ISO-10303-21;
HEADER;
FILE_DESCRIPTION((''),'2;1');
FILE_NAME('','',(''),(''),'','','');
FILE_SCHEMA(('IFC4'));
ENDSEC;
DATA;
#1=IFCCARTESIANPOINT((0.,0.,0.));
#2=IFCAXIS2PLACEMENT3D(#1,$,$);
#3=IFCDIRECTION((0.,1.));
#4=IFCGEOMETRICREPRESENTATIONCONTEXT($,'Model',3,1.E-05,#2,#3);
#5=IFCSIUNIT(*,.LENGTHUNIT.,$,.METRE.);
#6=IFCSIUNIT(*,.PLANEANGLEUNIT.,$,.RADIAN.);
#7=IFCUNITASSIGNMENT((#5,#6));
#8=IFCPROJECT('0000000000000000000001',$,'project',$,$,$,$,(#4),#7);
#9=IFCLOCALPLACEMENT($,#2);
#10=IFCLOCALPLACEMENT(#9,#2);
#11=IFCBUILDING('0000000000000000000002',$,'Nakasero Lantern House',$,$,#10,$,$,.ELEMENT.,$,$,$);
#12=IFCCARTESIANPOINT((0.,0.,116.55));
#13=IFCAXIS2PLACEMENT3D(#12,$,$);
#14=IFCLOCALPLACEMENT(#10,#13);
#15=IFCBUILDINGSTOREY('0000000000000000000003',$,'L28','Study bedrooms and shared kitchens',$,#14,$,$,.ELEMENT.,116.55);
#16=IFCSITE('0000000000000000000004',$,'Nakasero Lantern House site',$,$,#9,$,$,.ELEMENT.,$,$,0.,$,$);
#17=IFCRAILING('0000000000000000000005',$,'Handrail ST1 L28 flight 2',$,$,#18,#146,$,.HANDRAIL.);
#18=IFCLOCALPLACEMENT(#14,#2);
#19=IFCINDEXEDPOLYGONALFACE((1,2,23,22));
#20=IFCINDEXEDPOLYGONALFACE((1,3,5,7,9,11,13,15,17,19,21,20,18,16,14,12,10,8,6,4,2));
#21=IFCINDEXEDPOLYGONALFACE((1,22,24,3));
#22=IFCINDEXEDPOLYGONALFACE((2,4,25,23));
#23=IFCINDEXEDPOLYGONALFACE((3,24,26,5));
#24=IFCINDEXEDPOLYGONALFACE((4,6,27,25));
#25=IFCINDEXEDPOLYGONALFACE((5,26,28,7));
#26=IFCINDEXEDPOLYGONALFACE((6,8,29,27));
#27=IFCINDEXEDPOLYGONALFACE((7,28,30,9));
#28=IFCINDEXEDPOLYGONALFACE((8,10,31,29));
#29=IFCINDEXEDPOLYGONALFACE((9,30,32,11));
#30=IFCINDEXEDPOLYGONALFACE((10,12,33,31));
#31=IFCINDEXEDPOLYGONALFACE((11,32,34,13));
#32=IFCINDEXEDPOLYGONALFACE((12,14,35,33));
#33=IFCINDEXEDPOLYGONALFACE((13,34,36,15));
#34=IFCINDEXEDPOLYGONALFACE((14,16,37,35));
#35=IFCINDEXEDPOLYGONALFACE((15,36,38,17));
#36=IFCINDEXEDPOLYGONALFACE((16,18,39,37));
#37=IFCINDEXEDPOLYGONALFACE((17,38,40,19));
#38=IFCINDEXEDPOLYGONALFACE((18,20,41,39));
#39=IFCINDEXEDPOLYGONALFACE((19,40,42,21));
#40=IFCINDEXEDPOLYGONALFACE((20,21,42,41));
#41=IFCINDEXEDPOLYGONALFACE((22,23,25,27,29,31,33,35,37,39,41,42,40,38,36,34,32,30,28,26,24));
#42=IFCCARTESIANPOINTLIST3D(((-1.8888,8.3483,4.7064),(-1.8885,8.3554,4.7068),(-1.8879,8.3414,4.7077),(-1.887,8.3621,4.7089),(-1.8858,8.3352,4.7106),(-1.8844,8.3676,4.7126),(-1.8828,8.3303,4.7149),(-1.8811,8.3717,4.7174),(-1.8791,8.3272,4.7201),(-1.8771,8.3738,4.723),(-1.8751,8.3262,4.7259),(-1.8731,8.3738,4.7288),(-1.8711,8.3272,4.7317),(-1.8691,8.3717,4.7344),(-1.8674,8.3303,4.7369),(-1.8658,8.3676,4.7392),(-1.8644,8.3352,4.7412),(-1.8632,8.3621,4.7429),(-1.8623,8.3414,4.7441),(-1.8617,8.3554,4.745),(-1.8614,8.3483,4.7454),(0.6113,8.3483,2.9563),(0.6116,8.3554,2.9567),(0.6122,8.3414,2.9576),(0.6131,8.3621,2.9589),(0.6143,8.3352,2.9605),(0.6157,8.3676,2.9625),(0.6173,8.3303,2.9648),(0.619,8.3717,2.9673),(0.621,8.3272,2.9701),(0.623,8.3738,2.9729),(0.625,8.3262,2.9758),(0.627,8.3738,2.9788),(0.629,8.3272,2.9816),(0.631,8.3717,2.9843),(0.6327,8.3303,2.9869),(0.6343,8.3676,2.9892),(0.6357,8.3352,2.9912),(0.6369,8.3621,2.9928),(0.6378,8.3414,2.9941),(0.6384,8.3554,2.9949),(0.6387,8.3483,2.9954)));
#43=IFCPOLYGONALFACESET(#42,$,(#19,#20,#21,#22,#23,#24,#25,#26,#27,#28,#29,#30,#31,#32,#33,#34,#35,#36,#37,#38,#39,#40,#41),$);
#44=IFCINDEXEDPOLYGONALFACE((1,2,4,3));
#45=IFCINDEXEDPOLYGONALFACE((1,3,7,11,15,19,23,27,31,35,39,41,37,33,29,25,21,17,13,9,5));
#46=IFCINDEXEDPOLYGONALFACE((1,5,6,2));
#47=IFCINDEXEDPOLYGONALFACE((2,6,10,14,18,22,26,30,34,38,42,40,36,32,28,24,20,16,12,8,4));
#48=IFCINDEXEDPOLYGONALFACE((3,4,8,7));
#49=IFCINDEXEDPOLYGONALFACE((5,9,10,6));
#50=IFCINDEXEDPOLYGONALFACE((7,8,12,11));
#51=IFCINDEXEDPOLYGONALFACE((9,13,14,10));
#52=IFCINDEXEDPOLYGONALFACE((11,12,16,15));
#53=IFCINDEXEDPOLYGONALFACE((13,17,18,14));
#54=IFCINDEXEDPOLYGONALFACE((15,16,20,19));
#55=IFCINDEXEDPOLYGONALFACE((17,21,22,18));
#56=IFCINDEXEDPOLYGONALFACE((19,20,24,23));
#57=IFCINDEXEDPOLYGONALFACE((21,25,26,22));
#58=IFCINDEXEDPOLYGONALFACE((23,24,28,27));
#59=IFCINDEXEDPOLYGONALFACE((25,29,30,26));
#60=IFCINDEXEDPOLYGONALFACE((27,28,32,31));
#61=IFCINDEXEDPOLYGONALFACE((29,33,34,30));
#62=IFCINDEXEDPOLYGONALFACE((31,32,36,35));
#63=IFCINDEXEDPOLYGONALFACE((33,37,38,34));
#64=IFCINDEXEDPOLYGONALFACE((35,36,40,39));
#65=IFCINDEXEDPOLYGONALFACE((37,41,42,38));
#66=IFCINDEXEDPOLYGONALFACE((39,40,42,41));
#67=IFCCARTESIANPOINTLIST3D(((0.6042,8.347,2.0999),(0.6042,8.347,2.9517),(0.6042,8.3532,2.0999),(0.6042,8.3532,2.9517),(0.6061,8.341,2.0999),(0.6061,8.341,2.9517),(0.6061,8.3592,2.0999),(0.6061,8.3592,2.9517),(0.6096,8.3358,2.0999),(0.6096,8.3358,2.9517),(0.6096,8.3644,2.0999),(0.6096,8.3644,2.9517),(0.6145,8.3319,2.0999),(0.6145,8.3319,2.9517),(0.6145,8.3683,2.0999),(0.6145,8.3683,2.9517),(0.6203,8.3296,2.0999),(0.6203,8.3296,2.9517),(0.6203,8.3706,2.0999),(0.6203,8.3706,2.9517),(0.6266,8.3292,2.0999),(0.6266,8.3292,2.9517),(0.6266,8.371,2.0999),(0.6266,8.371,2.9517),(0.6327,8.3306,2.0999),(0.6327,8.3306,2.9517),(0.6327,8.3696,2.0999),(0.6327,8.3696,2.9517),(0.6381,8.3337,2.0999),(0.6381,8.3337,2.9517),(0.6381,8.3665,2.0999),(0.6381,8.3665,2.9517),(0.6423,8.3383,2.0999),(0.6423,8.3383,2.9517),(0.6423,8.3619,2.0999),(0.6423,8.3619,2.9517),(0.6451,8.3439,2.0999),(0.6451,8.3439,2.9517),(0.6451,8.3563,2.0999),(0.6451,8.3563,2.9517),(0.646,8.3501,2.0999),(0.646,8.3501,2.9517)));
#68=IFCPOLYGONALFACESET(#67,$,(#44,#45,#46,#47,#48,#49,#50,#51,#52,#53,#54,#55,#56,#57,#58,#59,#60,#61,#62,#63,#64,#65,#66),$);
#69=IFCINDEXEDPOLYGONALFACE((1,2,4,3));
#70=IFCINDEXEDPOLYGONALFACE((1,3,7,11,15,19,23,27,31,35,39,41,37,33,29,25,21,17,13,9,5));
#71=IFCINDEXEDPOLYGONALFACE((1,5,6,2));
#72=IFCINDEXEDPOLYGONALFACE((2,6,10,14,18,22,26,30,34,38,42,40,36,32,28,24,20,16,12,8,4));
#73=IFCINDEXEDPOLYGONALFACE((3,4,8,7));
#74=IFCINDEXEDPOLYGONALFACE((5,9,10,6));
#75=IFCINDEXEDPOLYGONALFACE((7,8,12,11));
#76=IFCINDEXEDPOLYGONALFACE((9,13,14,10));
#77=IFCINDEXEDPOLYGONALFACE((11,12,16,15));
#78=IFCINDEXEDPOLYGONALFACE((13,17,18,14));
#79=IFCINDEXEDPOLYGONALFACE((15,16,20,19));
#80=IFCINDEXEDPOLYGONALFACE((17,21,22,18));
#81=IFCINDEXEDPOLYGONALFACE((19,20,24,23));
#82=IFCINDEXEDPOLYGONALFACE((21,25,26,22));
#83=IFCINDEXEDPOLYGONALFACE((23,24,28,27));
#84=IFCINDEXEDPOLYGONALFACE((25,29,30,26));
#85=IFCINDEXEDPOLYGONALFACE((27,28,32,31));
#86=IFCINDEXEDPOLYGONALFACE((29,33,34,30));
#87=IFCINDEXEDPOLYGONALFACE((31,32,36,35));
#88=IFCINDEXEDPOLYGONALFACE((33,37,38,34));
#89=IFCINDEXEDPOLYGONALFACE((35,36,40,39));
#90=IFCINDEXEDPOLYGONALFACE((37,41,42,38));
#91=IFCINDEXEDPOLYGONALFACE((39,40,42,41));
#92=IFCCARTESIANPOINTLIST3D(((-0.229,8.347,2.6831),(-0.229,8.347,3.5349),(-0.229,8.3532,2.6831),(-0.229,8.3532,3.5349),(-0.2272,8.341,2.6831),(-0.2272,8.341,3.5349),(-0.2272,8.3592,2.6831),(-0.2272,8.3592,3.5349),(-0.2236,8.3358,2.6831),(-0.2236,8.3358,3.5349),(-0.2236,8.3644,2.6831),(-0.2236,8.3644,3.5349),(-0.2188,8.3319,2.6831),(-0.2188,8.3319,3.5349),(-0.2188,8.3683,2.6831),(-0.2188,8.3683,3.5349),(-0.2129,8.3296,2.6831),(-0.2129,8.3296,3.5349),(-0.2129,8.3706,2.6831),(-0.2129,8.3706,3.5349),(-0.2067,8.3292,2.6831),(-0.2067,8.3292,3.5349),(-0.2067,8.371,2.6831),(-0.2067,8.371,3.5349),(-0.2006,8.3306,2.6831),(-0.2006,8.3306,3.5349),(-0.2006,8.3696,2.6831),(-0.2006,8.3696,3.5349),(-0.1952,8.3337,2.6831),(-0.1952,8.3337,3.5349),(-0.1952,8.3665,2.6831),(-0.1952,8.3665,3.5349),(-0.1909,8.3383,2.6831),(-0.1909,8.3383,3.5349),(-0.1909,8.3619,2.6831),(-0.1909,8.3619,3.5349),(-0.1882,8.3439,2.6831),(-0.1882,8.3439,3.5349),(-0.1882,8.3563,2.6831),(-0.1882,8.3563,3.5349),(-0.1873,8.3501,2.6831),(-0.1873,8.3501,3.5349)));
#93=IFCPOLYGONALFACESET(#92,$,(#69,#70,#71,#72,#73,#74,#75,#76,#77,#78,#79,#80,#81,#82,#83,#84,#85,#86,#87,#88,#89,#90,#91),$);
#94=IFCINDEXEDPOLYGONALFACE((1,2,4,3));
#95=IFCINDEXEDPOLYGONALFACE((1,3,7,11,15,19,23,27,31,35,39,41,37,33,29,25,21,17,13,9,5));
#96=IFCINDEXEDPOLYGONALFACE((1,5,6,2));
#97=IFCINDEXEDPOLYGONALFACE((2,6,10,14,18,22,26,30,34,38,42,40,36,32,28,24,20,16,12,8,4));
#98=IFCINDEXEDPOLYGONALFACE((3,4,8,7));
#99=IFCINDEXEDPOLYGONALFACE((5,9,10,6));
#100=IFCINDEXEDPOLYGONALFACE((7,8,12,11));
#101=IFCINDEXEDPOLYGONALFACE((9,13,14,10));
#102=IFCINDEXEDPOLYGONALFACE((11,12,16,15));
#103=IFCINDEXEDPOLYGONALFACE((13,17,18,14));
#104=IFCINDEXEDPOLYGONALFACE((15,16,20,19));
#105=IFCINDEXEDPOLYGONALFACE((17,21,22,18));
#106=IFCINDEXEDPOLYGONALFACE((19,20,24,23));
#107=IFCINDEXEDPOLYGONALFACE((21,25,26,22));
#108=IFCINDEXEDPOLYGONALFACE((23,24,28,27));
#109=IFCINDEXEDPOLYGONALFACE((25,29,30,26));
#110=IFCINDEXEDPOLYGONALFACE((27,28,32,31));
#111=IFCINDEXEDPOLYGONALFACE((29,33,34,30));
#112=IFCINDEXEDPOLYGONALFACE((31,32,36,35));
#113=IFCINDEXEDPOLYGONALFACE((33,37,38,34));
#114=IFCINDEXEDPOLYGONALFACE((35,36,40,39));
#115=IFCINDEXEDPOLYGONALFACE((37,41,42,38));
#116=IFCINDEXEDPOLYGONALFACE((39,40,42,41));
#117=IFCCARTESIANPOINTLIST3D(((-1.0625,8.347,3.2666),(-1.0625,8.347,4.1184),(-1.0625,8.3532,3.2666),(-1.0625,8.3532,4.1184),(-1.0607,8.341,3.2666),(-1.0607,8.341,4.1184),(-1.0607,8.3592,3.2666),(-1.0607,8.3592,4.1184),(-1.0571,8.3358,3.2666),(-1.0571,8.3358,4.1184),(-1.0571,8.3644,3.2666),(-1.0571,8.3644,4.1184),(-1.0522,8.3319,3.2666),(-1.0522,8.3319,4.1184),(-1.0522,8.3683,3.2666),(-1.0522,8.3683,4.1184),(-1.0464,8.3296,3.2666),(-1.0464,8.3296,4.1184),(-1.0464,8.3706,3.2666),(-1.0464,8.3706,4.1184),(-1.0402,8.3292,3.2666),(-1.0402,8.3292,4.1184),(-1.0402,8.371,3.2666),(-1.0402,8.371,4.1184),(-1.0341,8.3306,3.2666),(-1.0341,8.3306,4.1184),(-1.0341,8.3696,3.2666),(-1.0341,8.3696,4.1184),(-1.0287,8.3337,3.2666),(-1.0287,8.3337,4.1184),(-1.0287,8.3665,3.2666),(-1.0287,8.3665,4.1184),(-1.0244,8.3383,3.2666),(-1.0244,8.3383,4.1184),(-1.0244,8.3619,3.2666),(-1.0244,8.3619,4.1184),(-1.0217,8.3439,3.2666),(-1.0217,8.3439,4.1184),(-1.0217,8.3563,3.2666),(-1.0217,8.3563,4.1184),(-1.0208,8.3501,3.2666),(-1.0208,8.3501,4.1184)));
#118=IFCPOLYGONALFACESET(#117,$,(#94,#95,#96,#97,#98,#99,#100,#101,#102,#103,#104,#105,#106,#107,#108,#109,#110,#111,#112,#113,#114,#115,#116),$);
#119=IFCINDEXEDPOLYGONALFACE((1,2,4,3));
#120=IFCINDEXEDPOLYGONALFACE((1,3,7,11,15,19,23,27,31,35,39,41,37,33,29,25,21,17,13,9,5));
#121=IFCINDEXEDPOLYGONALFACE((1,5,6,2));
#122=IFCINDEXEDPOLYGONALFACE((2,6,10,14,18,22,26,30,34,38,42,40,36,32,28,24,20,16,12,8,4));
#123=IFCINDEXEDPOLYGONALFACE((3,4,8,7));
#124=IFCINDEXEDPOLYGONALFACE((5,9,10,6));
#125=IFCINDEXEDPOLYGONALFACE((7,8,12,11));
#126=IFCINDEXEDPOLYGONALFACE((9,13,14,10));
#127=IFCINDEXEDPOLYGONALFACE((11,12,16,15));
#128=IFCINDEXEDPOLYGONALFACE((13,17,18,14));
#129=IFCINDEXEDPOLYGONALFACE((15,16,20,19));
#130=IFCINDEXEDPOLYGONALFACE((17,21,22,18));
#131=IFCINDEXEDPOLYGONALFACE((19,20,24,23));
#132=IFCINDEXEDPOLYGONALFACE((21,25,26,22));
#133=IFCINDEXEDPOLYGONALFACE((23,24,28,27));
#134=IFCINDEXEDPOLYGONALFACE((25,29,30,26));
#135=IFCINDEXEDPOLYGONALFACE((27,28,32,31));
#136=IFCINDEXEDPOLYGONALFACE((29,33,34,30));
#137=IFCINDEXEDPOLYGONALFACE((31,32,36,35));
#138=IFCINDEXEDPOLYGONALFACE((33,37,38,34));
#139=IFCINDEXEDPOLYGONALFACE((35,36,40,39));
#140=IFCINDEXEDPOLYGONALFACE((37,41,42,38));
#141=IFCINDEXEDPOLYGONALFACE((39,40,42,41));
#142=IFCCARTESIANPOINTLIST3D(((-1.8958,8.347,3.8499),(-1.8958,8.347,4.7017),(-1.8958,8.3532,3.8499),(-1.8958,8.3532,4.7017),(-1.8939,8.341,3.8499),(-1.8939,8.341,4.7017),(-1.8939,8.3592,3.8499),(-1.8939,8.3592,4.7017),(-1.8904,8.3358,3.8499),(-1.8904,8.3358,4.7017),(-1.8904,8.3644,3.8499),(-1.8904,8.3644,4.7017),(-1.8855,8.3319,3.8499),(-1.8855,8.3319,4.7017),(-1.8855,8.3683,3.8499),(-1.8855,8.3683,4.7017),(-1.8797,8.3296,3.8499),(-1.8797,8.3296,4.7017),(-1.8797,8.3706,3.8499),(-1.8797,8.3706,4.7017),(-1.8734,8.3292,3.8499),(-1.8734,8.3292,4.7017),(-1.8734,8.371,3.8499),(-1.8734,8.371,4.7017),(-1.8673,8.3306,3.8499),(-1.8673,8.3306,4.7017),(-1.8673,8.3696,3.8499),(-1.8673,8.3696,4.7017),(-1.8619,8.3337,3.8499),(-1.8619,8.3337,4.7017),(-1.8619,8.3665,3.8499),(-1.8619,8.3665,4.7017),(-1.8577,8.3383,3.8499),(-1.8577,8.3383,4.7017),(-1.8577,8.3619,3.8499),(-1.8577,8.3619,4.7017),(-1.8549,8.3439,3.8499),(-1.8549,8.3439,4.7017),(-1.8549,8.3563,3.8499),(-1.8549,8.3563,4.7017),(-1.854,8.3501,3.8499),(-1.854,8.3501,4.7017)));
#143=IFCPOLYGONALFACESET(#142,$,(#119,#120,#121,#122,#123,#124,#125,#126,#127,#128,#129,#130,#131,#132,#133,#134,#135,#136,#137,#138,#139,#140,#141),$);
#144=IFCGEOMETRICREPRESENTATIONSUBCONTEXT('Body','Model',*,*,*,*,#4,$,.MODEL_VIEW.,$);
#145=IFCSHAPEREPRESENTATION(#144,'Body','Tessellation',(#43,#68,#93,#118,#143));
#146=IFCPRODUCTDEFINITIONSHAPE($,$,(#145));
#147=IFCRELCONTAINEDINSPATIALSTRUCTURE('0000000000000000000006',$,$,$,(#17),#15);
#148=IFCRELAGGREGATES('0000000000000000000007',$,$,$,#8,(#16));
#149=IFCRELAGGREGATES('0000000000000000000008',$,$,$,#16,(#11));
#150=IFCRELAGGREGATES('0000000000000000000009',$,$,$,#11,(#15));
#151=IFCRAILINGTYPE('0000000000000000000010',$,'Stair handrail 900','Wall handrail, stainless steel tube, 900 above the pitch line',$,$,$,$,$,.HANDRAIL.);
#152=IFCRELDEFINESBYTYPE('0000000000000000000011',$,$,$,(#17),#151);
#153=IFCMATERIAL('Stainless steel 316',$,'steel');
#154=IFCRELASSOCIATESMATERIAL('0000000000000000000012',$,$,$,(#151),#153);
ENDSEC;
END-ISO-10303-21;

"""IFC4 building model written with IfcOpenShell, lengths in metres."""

from ifc_helpers import new_model, si_unit, direction, frame, origin, origin_2d, place, context, subcontext, project, spatial, circle, extrude, material, type_object, element, save


model = new_model("IFC4")

# Units and contexts
model_context = context("Model", 3, precision=1e-05, world=origin(), true_north=direction((0.0, 1.0)))
body_context = subcontext(model_context, "Body", "Model", "MODEL_VIEW")
ifc_project = project(units=[si_unit("LENGTHUNIT", "METRE"), si_unit("PLANEANGLEUNIT", "RADIAN")], contexts=[model_context])

# Site, building, storey
site_placement = place(None, origin())
site = spatial("IfcSite", under=ifc_project, at=site_placement, Name="Nakasero Lantern House site", CompositionType="ELEMENT", RefElevation=0.0)
building_placement = place(site_placement, origin())
building = spatial("IfcBuilding", under=site, at=building_placement, Name="Nakasero Lantern House", CompositionType="ELEMENT")
storey_placement = place(building_placement, frame((0.0, 0.0, 116.55)))
storey = spatial("IfcBuildingStorey", under=building, at=storey_placement, Name="L28", Description="Study bedrooms and shared kitchens", CompositionType="ELEMENT", Elevation=116.55)

# Railing
ifc_material_1 = material(Name="Stainless steel 316", Category="steel")
railing_type = type_object("IfcRailingType", Name="Stair handrail 900", Description="Wall handrail, stainless steel tube, 900 above the pitch line", PredefinedType="HANDRAIL", material=ifc_material_1)
railing_placement = place(storey_placement, frame((0.625, 8.3501, 2.0999)))
element("IfcRailing", 1, at=railing_placement, inside=storey, type_object=railing_type, Name="Handrail ST1 L28 flight 2", PredefinedType="HANDRAIL", context=body_context, shape_type="SweptSolid", body=[
    extrude(circle(Radius=0.0239, at=origin_2d()), frame((0.0, 0.0, 0.876), z_axis=(-0.819232, 0.0, 0.573462), x_axis=(0.0, -1.0, 0.0)), (0.0, 0.0, 1.0), 3.0518),
    extrude(circle(Radius=0.021, at=origin_2d()), origin(), (0.0, 0.0, 1.0), 0.8518),
    extrude(circle(Radius=0.021, at=origin_2d()), frame((-0.8333, 0.0, 0.5833)), (0.0, 0.0, 1.0), 0.8518),
    extrude(circle(Radius=0.021, at=origin_2d()), frame((-1.6667, 0.0, 1.1667)), (0.0, 0.0, 1.0), 0.8518),
    extrude(circle(Radius=0.021, at=origin_2d()), frame((-2.5, 0.0, 1.75)), (0.0, 0.0, 1.0), 0.8518),
])

save(model, "model.ifc")
